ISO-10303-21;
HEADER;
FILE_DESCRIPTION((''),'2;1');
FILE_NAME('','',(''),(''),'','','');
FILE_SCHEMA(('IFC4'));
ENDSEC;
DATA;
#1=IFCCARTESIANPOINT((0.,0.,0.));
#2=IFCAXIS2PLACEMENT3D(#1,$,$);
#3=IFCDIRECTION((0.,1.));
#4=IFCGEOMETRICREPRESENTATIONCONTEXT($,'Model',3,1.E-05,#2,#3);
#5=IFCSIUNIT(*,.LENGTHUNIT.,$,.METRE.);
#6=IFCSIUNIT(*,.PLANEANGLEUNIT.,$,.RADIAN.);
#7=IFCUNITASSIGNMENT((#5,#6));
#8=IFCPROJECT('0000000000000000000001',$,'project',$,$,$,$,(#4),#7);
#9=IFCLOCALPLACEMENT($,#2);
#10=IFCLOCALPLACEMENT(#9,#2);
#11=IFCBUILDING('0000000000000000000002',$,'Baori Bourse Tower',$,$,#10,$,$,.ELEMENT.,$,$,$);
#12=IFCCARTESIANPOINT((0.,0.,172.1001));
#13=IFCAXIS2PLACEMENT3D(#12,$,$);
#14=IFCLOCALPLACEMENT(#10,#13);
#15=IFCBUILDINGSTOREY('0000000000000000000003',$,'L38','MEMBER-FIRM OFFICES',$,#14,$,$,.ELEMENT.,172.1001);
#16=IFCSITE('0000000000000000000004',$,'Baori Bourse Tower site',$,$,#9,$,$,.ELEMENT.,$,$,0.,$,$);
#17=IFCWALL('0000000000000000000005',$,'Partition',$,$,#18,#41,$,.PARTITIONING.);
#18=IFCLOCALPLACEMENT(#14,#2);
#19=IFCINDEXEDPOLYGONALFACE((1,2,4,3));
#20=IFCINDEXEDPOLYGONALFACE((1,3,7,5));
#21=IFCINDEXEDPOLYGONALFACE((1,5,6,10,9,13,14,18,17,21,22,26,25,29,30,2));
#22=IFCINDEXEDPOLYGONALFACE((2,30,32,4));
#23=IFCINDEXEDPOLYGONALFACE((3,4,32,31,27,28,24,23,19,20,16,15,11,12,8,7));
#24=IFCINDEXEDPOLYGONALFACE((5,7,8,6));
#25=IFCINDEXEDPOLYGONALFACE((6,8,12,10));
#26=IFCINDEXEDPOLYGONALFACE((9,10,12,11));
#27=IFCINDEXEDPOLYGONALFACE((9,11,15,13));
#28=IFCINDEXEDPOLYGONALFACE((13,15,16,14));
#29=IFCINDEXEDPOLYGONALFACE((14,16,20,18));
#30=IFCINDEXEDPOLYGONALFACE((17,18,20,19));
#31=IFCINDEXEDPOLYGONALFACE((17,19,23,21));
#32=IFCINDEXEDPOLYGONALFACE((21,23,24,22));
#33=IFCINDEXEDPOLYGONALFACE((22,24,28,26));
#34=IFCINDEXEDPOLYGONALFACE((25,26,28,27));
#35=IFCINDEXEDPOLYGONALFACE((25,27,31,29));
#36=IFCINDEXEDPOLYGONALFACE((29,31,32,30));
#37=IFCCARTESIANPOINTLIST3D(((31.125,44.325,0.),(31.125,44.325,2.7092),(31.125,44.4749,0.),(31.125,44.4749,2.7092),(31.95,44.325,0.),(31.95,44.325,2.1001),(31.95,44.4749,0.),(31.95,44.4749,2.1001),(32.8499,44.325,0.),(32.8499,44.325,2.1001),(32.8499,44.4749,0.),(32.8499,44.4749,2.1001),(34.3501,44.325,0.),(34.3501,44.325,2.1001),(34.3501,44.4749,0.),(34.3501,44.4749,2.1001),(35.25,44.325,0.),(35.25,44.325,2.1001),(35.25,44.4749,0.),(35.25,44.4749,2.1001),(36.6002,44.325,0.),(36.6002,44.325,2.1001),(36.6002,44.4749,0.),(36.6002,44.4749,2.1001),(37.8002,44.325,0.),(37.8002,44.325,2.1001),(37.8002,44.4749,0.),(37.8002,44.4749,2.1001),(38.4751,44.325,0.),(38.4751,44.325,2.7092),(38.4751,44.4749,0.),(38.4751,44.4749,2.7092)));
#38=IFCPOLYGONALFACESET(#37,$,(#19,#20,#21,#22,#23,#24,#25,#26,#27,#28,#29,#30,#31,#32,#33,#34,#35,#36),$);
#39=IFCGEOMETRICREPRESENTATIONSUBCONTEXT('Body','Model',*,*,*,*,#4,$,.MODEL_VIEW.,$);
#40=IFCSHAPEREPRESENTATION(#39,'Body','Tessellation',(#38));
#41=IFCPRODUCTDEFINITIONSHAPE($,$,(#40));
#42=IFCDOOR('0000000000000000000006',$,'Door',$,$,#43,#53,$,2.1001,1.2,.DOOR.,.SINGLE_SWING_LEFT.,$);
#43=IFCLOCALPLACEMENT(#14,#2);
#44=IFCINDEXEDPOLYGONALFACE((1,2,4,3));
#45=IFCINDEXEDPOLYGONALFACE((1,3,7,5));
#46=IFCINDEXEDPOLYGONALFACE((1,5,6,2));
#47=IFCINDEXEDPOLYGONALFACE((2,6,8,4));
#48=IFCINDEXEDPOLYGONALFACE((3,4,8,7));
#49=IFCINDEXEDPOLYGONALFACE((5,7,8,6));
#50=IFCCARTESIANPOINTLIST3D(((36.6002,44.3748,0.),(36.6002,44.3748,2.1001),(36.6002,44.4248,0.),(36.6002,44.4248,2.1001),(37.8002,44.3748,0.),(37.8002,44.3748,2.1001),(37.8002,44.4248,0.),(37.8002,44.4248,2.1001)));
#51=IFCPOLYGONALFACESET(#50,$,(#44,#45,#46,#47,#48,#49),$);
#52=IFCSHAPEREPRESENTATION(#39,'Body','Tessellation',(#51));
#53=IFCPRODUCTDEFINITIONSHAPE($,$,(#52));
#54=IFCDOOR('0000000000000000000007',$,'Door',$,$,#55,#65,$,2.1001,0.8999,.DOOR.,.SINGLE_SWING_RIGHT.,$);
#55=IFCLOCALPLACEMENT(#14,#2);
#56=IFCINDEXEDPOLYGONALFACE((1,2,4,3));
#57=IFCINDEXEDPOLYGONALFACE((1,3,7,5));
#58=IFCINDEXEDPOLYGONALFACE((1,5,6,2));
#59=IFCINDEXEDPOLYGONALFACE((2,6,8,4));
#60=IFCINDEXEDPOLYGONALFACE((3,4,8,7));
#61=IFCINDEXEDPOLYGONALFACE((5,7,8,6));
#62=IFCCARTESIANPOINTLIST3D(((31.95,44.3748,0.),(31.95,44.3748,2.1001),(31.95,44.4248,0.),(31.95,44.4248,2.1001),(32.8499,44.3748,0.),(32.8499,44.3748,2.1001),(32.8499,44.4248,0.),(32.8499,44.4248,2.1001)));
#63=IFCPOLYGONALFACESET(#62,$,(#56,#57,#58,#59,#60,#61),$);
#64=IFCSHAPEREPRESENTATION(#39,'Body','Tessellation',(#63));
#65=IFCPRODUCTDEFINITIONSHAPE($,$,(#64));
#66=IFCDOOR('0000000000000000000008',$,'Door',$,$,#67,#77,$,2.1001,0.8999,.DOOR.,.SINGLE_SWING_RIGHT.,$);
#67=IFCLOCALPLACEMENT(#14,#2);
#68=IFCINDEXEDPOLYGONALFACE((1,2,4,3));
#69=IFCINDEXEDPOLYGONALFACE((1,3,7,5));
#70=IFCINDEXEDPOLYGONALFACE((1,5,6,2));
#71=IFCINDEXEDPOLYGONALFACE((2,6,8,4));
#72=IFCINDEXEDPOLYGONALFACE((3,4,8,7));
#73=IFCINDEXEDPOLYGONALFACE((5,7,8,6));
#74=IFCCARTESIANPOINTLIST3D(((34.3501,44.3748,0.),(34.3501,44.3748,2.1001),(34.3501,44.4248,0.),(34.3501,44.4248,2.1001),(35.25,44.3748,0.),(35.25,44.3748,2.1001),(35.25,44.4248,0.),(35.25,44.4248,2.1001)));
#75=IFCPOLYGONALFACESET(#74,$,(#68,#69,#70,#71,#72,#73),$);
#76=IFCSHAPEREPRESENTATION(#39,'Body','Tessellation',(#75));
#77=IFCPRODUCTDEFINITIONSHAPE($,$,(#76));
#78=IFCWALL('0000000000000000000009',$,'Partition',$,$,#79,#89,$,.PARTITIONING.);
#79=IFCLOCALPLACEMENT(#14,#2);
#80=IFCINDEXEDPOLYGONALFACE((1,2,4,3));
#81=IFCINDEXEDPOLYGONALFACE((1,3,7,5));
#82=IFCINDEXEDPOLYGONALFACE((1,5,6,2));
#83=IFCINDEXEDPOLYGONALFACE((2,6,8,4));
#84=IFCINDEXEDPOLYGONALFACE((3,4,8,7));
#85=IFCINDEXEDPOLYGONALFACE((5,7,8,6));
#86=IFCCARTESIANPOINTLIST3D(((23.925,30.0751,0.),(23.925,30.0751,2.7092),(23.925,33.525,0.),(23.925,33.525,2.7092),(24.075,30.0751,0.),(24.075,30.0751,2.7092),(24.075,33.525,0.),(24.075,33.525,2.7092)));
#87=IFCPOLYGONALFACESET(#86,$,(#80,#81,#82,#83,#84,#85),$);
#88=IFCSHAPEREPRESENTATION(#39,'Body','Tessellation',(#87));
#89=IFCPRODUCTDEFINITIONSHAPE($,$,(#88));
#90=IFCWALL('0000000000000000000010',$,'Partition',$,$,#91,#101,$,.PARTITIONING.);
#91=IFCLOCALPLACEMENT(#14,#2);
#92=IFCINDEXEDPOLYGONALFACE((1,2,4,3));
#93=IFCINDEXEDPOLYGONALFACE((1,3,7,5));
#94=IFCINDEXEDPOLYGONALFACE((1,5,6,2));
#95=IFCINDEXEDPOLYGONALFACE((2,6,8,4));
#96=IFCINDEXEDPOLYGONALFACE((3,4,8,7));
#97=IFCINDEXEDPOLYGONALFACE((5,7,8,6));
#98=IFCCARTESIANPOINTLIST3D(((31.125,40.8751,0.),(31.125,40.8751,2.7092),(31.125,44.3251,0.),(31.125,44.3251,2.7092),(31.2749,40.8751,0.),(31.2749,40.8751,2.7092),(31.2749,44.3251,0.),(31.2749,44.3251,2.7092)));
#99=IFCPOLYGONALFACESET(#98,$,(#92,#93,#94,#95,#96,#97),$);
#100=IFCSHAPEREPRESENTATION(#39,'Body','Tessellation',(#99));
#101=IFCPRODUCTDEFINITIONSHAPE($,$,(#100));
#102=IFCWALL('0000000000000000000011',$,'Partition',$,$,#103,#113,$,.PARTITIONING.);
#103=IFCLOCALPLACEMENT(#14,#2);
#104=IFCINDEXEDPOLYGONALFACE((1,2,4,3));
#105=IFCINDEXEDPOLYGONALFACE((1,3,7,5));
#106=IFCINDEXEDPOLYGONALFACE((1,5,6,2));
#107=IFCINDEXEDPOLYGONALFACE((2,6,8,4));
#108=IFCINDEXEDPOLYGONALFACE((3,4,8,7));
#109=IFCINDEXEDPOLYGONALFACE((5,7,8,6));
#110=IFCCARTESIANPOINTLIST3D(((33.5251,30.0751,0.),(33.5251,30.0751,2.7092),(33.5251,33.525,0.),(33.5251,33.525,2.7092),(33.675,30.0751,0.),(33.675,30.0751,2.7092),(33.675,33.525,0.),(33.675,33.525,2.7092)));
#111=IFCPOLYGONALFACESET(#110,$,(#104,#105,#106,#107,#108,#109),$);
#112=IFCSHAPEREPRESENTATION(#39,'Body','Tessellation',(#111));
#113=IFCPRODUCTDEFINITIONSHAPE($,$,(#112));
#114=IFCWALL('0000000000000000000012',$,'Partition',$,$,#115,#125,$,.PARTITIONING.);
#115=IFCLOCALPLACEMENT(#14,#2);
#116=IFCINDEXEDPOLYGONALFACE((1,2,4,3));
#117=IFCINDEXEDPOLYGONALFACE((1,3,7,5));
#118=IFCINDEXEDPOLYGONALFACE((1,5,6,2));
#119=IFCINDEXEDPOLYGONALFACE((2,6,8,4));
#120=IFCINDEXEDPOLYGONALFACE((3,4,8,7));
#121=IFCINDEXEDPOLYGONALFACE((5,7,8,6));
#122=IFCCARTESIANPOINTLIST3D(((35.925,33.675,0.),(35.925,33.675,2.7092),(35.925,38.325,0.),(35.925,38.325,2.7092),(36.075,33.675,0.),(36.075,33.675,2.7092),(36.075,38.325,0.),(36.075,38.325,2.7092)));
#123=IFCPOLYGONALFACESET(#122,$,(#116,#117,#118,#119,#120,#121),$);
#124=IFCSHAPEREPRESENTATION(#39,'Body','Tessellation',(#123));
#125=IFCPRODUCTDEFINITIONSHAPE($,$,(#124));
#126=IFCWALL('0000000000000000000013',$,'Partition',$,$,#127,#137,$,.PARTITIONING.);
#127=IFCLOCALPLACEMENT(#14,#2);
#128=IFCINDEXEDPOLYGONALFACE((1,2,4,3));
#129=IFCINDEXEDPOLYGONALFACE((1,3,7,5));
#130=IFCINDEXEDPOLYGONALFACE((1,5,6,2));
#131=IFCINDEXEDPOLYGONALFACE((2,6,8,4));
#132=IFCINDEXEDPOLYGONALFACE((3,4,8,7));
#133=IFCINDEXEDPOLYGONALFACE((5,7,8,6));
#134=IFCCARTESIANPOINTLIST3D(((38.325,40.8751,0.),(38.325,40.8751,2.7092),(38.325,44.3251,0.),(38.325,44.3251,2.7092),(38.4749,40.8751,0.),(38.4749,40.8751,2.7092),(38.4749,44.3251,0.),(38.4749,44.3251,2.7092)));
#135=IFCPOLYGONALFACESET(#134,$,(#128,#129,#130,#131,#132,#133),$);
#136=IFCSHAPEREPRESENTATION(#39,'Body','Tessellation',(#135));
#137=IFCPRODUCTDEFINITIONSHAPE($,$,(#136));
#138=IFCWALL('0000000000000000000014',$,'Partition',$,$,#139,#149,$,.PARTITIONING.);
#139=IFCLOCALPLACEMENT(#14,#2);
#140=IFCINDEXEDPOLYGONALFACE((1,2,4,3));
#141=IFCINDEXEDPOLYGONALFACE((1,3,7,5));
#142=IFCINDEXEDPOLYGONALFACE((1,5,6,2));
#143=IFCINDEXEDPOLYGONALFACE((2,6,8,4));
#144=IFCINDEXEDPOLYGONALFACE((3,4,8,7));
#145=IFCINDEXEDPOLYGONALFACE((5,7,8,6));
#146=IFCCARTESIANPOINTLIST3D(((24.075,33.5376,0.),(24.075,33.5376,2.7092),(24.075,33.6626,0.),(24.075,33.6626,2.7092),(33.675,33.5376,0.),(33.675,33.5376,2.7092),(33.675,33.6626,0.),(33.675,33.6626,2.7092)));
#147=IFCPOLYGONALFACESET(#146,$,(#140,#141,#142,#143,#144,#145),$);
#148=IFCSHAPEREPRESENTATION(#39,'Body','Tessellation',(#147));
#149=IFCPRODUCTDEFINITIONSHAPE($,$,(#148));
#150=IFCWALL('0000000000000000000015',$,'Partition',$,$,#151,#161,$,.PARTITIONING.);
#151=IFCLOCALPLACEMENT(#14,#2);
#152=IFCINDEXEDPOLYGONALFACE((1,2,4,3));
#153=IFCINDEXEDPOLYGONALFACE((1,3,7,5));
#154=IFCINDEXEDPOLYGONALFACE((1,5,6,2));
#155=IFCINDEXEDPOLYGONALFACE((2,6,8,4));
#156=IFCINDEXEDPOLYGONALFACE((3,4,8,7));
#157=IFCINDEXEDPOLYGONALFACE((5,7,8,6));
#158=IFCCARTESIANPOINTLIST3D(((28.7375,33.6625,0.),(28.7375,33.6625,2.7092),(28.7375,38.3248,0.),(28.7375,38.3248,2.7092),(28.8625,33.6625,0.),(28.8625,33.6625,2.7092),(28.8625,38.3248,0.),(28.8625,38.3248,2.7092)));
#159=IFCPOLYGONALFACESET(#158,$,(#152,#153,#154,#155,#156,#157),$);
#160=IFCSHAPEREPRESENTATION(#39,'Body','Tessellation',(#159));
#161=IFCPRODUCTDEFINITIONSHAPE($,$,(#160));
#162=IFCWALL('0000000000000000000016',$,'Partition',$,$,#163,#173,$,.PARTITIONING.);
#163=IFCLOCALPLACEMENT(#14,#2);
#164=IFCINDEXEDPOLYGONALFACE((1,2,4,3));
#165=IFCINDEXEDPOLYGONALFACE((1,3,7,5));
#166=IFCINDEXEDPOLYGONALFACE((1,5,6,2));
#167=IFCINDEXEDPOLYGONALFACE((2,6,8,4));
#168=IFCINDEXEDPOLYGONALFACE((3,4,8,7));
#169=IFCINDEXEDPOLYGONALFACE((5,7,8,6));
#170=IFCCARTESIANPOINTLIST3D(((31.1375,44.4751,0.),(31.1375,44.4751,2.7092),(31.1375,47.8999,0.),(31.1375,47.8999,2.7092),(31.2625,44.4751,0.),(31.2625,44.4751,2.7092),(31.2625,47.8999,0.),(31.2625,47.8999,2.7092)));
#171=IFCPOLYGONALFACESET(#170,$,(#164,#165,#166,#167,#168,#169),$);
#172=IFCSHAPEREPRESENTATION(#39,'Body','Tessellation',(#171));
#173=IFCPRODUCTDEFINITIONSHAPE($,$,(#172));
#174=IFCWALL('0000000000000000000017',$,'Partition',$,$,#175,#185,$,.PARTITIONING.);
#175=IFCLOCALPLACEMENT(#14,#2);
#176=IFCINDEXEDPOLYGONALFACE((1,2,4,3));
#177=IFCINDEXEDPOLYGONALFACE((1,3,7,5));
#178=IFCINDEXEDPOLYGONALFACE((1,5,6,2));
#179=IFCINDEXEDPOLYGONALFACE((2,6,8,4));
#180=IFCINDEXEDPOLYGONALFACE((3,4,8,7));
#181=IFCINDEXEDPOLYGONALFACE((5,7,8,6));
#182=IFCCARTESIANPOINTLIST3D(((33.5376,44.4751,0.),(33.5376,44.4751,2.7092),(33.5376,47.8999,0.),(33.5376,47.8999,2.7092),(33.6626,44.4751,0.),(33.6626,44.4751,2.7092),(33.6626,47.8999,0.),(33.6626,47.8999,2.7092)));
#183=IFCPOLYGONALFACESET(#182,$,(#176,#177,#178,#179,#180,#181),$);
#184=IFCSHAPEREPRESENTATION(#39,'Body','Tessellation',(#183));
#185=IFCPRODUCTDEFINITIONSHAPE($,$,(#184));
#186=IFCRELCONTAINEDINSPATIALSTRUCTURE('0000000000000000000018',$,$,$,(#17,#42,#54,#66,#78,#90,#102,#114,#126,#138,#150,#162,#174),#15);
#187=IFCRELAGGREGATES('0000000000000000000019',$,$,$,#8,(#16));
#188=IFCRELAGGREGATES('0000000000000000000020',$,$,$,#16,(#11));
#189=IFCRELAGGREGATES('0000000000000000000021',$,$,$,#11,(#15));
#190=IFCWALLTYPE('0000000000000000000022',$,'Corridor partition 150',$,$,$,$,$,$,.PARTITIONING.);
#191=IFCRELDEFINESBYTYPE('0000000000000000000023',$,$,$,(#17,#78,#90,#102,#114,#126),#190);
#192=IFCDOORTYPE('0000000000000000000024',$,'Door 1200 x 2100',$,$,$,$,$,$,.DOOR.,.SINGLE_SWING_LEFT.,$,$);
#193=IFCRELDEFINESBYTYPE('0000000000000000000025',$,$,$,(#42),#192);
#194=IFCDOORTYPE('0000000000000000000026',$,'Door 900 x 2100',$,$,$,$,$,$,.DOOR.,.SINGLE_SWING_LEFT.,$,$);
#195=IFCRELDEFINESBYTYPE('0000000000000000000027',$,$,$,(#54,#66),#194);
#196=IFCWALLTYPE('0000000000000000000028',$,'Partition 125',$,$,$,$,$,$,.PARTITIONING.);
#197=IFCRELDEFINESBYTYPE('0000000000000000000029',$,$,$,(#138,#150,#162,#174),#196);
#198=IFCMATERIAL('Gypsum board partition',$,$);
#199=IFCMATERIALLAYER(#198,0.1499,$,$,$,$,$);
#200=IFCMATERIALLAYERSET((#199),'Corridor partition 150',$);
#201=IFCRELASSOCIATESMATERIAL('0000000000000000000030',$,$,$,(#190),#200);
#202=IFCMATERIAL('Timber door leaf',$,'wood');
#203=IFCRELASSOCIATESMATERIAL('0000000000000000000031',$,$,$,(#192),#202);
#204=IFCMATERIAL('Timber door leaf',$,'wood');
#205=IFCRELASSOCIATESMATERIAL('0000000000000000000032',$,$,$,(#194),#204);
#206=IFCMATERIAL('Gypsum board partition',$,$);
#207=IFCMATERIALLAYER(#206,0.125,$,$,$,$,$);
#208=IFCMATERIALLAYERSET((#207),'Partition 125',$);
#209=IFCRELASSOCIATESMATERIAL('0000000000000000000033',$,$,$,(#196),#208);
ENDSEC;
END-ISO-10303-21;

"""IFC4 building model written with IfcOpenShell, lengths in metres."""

from ifc_helpers import new_model, si_unit, direction, frame, frame_2d, origin, place, context, subcontext, project, spatial, rectangle, extrude, material, layer, layer_set, type_object, element, fill, save


model = new_model("IFC4")

# Units and contexts
model_context = context("Model", 3, precision=1e-05, world=origin(), true_north=direction((0.0, 1.0)))
body_context = subcontext(model_context, "Body", "Model", "MODEL_VIEW")
ifc_project = project(units=[si_unit("LENGTHUNIT", "METRE"), si_unit("PLANEANGLEUNIT", "RADIAN")], contexts=[model_context])

# Site, building, storey
site_placement = place(None, origin())
site = spatial("IfcSite", under=ifc_project, at=site_placement, Name="Baori Bourse Tower site", CompositionType="ELEMENT", RefElevation=0.0)
building_placement = place(site_placement, origin())
building = spatial("IfcBuilding", under=site, at=building_placement, Name="Baori Bourse Tower", CompositionType="ELEMENT")
storey_placement = place(building_placement, frame((0.0, 0.0, 172.1001)))
storey = spatial("IfcBuildingStorey", under=building, at=storey_placement, Name="L38", Description="MEMBER-FIRM OFFICES", CompositionType="ELEMENT", Elevation=172.1001)

# Shared definitions
ifc_material_1 = material(Name="Gypsum board partition")
ifc_layer_1 = layer(ifc_material_1, 0.1499)
ifc_layer_set_1 = layer_set([ifc_layer_1], Name="Corridor partition 150")
wall_type_1 = type_object("IfcWallType", Name="Corridor partition 150", PredefinedType="PARTITIONING", material=ifc_layer_set_1)

# Wall, openings, doors
wall_1_placement = place(storey_placement, frame((31.125, 44.3999, 0.0), z_axis=(0.0, 0.0, 1.0), x_axis=(1.0, 0.0, 0.0)))
wall_1 = element("IfcWall", 1, at=wall_1_placement, inside=storey, type_object=wall_type_1, Name="Partition", PredefinedType="PARTITIONING", context=body_context, shape_type="SweptSolid", body=[
    extrude(rectangle(XDim=7.3501, YDim=0.1499, at=frame_2d((3.675, 0.0))), origin(), (0.0, 0.0, 1.0), 2.7092),
])
opening_1_placement = place(wall_1_placement, frame((0.825, 0.0, 0.0)))
opening_1 = element("IfcOpeningElement", 2, at=opening_1_placement, cuts=wall_1, PredefinedType="OPENING", context=body_context, shape_type="SweptSolid", body=[
    extrude(rectangle(XDim=0.8999, YDim=2.1001, at=frame_2d((0.45, 1.05))), frame((0.0, 0.085, 0.0), z_axis=(0.0, -1.0, 0.0), x_axis=(1.0, 0.0, 0.0)), (0.0, 0.0, 1.0), 0.1699),
])
opening_2_placement = place(wall_1_placement, frame((3.2251, 0.0, 0.0)))
opening_2 = element("IfcOpeningElement", 3, at=opening_2_placement, cuts=wall_1, PredefinedType="OPENING", context=body_context, shape_type="SweptSolid", body=[
    extrude(rectangle(XDim=0.8999, YDim=2.1001, at=frame_2d((0.45, 1.05))), frame((0.0, 0.085, 0.0), z_axis=(0.0, -1.0, 0.0), x_axis=(1.0, 0.0, 0.0)), (0.0, 0.0, 1.0), 0.1699),
])
opening_3_placement = place(wall_1_placement, frame((5.4751, 0.0, 0.0)))
opening_3 = element("IfcOpeningElement", 4, at=opening_3_placement, cuts=wall_1, PredefinedType="OPENING", context=body_context, shape_type="SweptSolid", body=[
    extrude(rectangle(XDim=1.2, YDim=2.1001, at=frame_2d((0.6001, 1.05))), frame((0.0, 0.085, 0.0), z_axis=(0.0, -1.0, 0.0), x_axis=(1.0, 0.0, 0.0)), (0.0, 0.0, 1.0), 0.1699),
])
ifc_material_2 = material(Name="Timber door leaf", Category="wood")
door_type_1 = type_object("IfcDoorType", Name="Door 1200 x 2100", OperationType="SINGLE_SWING_LEFT", PredefinedType="DOOR", material=ifc_material_2)
door_1_placement = place(opening_3_placement, origin())
door_1 = element("IfcDoor", 5, at=door_1_placement, inside=storey, type_object=door_type_1, Name="Door", OperationType="SINGLE_SWING_LEFT", OverallHeight=2.1001, OverallWidth=1.2, PredefinedType="DOOR", context=body_context, shape_type="SweptSolid", body=[
    extrude(rectangle(XDim=1.2, YDim=2.1001, at=frame_2d((0.6001, 1.05))), frame((0.0, 0.0249, 0.0), z_axis=(0.0, -1.0, 0.0), x_axis=(1.0, 0.0, 0.0)), (0.0, 0.0, 1.0), 0.05),
])
fill(opening_3, door_1)
ifc_material_3 = material(Name="Timber door leaf", Category="wood")
door_type_2 = type_object("IfcDoorType", Name="Door 900 x 2100", OperationType="SINGLE_SWING_LEFT", PredefinedType="DOOR", material=ifc_material_3)
door_2_placement = place(opening_1_placement, origin())
door_2 = element("IfcDoor", 6, at=door_2_placement, inside=storey, type_object=door_type_2, Name="Door", OperationType="SINGLE_SWING_RIGHT", OverallHeight=2.1001, OverallWidth=0.8999, PredefinedType="DOOR", context=body_context, shape_type="SweptSolid", body=[
    extrude(rectangle(XDim=0.8999, YDim=2.1001, at=frame_2d((0.45, 1.05))), frame((0.0, 0.0249, 0.0), z_axis=(0.0, -1.0, 0.0), x_axis=(1.0, 0.0, 0.0)), (0.0, 0.0, 1.0), 0.05),
])
fill(opening_1, door_2)
door_3_placement = place(opening_2_placement, origin())
door_3 = element("IfcDoor", 7, at=door_3_placement, inside=storey, type_object=door_type_2, Name="Door", OperationType="SINGLE_SWING_RIGHT", OverallHeight=2.1001, OverallWidth=0.8999, PredefinedType="DOOR", context=body_context, shape_type="SweptSolid", body=[
    extrude(rectangle(XDim=0.8999, YDim=2.1001, at=frame_2d((0.45, 1.05))), frame((0.0, 0.0249, 0.0), z_axis=(0.0, -1.0, 0.0), x_axis=(1.0, 0.0, 0.0)), (0.0, 0.0, 1.0), 0.05),
])
fill(opening_2, door_3)

# Walls
for number, where, z_axis, x_axis, name in (
    (8, (24.0, 30.075, 0.0), (0.0, 0.0, 1.0), (0.0, 1.0, 0.0), "Partition"),
    (9, (31.2, 40.875, 0.0), (0.0, 0.0, 1.0), (0.0, 1.0, 0.0), "Partition"),
    (10, (33.6001, 30.075, 0.0), (0.0, 0.0, 1.0), (0.0, 1.0, 0.0), "Partition"),
):
    element("IfcWall", number, at=place(storey_placement, frame(where, z_axis=z_axis, x_axis=x_axis)), inside=storey, type_object=wall_type_1, Name=name, PredefinedType="PARTITIONING", context=body_context, shape_type="SweptSolid", body=[
        extrude(rectangle(XDim=3.45, YDim=0.1499, at=frame_2d((1.7251, 0.0))), origin(), (0.0, 0.0, 1.0), 2.7092),
    ])
wall_2_placement = place(storey_placement, frame((36.0, 33.675, 0.0), z_axis=(0.0, 0.0, 1.0), x_axis=(0.0, 1.0, 0.0)))
element("IfcWall", 11, at=wall_2_placement, inside=storey, type_object=wall_type_1, Name="Partition", PredefinedType="PARTITIONING", context=body_context, shape_type="SweptSolid", body=[
    extrude(rectangle(XDim=4.6499, YDim=0.1499, at=frame_2d((2.325, 0.0))), origin(), (0.0, 0.0, 1.0), 2.7092),
])
wall_3_placement = place(storey_placement, frame((38.3999, 40.875, 0.0), z_axis=(0.0, 0.0, 1.0), x_axis=(0.0, 1.0, 0.0)))
element("IfcWall", 12, at=wall_3_placement, inside=storey, type_object=wall_type_1, Name="Partition", PredefinedType="PARTITIONING", context=body_context, shape_type="SweptSolid", body=[
    extrude(rectangle(XDim=3.45, YDim=0.1499, at=frame_2d((1.7251, 0.0))), origin(), (0.0, 0.0, 1.0), 2.7092),
])
ifc_material_4 = material(Name="Gypsum board partition")
ifc_layer_2 = layer(ifc_material_4, 0.125)
ifc_layer_set_2 = layer_set([ifc_layer_2], Name="Partition 125")
wall_type_2 = type_object("IfcWallType", Name="Partition 125", PredefinedType="PARTITIONING", material=ifc_layer_set_2)
wall_4_placement = place(storey_placement, frame((24.075, 33.6001, 0.0), z_axis=(0.0, 0.0, 1.0), x_axis=(1.0, 0.0, 0.0)))
element("IfcWall", 13, at=wall_4_placement, inside=storey, type_object=wall_type_2, Name="Partition", PredefinedType="PARTITIONING", context=body_context, shape_type="SweptSolid", body=[
    extrude(rectangle(XDim=9.6001, YDim=0.125, at=frame_2d((4.8, 0.0))), origin(), (0.0, 0.0, 1.0), 2.7092),
])
wall_5_placement = place(storey_placement, frame((28.8, 33.6626, 0.0), z_axis=(0.0, 0.0, 1.0), x_axis=(0.0, 1.0, 0.0)))
element("IfcWall", 14, at=wall_5_placement, inside=storey, type_object=wall_type_2, Name="Partition", PredefinedType="PARTITIONING", context=body_context, shape_type="SweptSolid", body=[
    extrude(rectangle(XDim=4.6624, YDim=0.125, at=frame_2d((2.3311, 0.0))), origin(), (0.0, 0.0, 1.0), 2.7092),
])
for number, where, z_axis, x_axis, name in (
    (15, (31.2, 44.4751, 0.0), (0.0, 0.0, 1.0), (0.0, 1.0, 0.0), "Partition"),
    (16, (33.6001, 44.4751, 0.0), (0.0, 0.0, 1.0), (0.0, 1.0, 0.0), "Partition"),
):
    element("IfcWall", number, at=place(storey_placement, frame(where, z_axis=z_axis, x_axis=x_axis)), inside=storey, type_object=wall_type_2, Name=name, PredefinedType="PARTITIONING", context=body_context, shape_type="SweptSolid", body=[
        extrude(rectangle(XDim=3.4248, YDim=0.125, at=frame_2d((1.7124, 0.0))), origin(), (0.0, 0.0, 1.0), 2.7092),
    ])

save(model, "model.ifc")
